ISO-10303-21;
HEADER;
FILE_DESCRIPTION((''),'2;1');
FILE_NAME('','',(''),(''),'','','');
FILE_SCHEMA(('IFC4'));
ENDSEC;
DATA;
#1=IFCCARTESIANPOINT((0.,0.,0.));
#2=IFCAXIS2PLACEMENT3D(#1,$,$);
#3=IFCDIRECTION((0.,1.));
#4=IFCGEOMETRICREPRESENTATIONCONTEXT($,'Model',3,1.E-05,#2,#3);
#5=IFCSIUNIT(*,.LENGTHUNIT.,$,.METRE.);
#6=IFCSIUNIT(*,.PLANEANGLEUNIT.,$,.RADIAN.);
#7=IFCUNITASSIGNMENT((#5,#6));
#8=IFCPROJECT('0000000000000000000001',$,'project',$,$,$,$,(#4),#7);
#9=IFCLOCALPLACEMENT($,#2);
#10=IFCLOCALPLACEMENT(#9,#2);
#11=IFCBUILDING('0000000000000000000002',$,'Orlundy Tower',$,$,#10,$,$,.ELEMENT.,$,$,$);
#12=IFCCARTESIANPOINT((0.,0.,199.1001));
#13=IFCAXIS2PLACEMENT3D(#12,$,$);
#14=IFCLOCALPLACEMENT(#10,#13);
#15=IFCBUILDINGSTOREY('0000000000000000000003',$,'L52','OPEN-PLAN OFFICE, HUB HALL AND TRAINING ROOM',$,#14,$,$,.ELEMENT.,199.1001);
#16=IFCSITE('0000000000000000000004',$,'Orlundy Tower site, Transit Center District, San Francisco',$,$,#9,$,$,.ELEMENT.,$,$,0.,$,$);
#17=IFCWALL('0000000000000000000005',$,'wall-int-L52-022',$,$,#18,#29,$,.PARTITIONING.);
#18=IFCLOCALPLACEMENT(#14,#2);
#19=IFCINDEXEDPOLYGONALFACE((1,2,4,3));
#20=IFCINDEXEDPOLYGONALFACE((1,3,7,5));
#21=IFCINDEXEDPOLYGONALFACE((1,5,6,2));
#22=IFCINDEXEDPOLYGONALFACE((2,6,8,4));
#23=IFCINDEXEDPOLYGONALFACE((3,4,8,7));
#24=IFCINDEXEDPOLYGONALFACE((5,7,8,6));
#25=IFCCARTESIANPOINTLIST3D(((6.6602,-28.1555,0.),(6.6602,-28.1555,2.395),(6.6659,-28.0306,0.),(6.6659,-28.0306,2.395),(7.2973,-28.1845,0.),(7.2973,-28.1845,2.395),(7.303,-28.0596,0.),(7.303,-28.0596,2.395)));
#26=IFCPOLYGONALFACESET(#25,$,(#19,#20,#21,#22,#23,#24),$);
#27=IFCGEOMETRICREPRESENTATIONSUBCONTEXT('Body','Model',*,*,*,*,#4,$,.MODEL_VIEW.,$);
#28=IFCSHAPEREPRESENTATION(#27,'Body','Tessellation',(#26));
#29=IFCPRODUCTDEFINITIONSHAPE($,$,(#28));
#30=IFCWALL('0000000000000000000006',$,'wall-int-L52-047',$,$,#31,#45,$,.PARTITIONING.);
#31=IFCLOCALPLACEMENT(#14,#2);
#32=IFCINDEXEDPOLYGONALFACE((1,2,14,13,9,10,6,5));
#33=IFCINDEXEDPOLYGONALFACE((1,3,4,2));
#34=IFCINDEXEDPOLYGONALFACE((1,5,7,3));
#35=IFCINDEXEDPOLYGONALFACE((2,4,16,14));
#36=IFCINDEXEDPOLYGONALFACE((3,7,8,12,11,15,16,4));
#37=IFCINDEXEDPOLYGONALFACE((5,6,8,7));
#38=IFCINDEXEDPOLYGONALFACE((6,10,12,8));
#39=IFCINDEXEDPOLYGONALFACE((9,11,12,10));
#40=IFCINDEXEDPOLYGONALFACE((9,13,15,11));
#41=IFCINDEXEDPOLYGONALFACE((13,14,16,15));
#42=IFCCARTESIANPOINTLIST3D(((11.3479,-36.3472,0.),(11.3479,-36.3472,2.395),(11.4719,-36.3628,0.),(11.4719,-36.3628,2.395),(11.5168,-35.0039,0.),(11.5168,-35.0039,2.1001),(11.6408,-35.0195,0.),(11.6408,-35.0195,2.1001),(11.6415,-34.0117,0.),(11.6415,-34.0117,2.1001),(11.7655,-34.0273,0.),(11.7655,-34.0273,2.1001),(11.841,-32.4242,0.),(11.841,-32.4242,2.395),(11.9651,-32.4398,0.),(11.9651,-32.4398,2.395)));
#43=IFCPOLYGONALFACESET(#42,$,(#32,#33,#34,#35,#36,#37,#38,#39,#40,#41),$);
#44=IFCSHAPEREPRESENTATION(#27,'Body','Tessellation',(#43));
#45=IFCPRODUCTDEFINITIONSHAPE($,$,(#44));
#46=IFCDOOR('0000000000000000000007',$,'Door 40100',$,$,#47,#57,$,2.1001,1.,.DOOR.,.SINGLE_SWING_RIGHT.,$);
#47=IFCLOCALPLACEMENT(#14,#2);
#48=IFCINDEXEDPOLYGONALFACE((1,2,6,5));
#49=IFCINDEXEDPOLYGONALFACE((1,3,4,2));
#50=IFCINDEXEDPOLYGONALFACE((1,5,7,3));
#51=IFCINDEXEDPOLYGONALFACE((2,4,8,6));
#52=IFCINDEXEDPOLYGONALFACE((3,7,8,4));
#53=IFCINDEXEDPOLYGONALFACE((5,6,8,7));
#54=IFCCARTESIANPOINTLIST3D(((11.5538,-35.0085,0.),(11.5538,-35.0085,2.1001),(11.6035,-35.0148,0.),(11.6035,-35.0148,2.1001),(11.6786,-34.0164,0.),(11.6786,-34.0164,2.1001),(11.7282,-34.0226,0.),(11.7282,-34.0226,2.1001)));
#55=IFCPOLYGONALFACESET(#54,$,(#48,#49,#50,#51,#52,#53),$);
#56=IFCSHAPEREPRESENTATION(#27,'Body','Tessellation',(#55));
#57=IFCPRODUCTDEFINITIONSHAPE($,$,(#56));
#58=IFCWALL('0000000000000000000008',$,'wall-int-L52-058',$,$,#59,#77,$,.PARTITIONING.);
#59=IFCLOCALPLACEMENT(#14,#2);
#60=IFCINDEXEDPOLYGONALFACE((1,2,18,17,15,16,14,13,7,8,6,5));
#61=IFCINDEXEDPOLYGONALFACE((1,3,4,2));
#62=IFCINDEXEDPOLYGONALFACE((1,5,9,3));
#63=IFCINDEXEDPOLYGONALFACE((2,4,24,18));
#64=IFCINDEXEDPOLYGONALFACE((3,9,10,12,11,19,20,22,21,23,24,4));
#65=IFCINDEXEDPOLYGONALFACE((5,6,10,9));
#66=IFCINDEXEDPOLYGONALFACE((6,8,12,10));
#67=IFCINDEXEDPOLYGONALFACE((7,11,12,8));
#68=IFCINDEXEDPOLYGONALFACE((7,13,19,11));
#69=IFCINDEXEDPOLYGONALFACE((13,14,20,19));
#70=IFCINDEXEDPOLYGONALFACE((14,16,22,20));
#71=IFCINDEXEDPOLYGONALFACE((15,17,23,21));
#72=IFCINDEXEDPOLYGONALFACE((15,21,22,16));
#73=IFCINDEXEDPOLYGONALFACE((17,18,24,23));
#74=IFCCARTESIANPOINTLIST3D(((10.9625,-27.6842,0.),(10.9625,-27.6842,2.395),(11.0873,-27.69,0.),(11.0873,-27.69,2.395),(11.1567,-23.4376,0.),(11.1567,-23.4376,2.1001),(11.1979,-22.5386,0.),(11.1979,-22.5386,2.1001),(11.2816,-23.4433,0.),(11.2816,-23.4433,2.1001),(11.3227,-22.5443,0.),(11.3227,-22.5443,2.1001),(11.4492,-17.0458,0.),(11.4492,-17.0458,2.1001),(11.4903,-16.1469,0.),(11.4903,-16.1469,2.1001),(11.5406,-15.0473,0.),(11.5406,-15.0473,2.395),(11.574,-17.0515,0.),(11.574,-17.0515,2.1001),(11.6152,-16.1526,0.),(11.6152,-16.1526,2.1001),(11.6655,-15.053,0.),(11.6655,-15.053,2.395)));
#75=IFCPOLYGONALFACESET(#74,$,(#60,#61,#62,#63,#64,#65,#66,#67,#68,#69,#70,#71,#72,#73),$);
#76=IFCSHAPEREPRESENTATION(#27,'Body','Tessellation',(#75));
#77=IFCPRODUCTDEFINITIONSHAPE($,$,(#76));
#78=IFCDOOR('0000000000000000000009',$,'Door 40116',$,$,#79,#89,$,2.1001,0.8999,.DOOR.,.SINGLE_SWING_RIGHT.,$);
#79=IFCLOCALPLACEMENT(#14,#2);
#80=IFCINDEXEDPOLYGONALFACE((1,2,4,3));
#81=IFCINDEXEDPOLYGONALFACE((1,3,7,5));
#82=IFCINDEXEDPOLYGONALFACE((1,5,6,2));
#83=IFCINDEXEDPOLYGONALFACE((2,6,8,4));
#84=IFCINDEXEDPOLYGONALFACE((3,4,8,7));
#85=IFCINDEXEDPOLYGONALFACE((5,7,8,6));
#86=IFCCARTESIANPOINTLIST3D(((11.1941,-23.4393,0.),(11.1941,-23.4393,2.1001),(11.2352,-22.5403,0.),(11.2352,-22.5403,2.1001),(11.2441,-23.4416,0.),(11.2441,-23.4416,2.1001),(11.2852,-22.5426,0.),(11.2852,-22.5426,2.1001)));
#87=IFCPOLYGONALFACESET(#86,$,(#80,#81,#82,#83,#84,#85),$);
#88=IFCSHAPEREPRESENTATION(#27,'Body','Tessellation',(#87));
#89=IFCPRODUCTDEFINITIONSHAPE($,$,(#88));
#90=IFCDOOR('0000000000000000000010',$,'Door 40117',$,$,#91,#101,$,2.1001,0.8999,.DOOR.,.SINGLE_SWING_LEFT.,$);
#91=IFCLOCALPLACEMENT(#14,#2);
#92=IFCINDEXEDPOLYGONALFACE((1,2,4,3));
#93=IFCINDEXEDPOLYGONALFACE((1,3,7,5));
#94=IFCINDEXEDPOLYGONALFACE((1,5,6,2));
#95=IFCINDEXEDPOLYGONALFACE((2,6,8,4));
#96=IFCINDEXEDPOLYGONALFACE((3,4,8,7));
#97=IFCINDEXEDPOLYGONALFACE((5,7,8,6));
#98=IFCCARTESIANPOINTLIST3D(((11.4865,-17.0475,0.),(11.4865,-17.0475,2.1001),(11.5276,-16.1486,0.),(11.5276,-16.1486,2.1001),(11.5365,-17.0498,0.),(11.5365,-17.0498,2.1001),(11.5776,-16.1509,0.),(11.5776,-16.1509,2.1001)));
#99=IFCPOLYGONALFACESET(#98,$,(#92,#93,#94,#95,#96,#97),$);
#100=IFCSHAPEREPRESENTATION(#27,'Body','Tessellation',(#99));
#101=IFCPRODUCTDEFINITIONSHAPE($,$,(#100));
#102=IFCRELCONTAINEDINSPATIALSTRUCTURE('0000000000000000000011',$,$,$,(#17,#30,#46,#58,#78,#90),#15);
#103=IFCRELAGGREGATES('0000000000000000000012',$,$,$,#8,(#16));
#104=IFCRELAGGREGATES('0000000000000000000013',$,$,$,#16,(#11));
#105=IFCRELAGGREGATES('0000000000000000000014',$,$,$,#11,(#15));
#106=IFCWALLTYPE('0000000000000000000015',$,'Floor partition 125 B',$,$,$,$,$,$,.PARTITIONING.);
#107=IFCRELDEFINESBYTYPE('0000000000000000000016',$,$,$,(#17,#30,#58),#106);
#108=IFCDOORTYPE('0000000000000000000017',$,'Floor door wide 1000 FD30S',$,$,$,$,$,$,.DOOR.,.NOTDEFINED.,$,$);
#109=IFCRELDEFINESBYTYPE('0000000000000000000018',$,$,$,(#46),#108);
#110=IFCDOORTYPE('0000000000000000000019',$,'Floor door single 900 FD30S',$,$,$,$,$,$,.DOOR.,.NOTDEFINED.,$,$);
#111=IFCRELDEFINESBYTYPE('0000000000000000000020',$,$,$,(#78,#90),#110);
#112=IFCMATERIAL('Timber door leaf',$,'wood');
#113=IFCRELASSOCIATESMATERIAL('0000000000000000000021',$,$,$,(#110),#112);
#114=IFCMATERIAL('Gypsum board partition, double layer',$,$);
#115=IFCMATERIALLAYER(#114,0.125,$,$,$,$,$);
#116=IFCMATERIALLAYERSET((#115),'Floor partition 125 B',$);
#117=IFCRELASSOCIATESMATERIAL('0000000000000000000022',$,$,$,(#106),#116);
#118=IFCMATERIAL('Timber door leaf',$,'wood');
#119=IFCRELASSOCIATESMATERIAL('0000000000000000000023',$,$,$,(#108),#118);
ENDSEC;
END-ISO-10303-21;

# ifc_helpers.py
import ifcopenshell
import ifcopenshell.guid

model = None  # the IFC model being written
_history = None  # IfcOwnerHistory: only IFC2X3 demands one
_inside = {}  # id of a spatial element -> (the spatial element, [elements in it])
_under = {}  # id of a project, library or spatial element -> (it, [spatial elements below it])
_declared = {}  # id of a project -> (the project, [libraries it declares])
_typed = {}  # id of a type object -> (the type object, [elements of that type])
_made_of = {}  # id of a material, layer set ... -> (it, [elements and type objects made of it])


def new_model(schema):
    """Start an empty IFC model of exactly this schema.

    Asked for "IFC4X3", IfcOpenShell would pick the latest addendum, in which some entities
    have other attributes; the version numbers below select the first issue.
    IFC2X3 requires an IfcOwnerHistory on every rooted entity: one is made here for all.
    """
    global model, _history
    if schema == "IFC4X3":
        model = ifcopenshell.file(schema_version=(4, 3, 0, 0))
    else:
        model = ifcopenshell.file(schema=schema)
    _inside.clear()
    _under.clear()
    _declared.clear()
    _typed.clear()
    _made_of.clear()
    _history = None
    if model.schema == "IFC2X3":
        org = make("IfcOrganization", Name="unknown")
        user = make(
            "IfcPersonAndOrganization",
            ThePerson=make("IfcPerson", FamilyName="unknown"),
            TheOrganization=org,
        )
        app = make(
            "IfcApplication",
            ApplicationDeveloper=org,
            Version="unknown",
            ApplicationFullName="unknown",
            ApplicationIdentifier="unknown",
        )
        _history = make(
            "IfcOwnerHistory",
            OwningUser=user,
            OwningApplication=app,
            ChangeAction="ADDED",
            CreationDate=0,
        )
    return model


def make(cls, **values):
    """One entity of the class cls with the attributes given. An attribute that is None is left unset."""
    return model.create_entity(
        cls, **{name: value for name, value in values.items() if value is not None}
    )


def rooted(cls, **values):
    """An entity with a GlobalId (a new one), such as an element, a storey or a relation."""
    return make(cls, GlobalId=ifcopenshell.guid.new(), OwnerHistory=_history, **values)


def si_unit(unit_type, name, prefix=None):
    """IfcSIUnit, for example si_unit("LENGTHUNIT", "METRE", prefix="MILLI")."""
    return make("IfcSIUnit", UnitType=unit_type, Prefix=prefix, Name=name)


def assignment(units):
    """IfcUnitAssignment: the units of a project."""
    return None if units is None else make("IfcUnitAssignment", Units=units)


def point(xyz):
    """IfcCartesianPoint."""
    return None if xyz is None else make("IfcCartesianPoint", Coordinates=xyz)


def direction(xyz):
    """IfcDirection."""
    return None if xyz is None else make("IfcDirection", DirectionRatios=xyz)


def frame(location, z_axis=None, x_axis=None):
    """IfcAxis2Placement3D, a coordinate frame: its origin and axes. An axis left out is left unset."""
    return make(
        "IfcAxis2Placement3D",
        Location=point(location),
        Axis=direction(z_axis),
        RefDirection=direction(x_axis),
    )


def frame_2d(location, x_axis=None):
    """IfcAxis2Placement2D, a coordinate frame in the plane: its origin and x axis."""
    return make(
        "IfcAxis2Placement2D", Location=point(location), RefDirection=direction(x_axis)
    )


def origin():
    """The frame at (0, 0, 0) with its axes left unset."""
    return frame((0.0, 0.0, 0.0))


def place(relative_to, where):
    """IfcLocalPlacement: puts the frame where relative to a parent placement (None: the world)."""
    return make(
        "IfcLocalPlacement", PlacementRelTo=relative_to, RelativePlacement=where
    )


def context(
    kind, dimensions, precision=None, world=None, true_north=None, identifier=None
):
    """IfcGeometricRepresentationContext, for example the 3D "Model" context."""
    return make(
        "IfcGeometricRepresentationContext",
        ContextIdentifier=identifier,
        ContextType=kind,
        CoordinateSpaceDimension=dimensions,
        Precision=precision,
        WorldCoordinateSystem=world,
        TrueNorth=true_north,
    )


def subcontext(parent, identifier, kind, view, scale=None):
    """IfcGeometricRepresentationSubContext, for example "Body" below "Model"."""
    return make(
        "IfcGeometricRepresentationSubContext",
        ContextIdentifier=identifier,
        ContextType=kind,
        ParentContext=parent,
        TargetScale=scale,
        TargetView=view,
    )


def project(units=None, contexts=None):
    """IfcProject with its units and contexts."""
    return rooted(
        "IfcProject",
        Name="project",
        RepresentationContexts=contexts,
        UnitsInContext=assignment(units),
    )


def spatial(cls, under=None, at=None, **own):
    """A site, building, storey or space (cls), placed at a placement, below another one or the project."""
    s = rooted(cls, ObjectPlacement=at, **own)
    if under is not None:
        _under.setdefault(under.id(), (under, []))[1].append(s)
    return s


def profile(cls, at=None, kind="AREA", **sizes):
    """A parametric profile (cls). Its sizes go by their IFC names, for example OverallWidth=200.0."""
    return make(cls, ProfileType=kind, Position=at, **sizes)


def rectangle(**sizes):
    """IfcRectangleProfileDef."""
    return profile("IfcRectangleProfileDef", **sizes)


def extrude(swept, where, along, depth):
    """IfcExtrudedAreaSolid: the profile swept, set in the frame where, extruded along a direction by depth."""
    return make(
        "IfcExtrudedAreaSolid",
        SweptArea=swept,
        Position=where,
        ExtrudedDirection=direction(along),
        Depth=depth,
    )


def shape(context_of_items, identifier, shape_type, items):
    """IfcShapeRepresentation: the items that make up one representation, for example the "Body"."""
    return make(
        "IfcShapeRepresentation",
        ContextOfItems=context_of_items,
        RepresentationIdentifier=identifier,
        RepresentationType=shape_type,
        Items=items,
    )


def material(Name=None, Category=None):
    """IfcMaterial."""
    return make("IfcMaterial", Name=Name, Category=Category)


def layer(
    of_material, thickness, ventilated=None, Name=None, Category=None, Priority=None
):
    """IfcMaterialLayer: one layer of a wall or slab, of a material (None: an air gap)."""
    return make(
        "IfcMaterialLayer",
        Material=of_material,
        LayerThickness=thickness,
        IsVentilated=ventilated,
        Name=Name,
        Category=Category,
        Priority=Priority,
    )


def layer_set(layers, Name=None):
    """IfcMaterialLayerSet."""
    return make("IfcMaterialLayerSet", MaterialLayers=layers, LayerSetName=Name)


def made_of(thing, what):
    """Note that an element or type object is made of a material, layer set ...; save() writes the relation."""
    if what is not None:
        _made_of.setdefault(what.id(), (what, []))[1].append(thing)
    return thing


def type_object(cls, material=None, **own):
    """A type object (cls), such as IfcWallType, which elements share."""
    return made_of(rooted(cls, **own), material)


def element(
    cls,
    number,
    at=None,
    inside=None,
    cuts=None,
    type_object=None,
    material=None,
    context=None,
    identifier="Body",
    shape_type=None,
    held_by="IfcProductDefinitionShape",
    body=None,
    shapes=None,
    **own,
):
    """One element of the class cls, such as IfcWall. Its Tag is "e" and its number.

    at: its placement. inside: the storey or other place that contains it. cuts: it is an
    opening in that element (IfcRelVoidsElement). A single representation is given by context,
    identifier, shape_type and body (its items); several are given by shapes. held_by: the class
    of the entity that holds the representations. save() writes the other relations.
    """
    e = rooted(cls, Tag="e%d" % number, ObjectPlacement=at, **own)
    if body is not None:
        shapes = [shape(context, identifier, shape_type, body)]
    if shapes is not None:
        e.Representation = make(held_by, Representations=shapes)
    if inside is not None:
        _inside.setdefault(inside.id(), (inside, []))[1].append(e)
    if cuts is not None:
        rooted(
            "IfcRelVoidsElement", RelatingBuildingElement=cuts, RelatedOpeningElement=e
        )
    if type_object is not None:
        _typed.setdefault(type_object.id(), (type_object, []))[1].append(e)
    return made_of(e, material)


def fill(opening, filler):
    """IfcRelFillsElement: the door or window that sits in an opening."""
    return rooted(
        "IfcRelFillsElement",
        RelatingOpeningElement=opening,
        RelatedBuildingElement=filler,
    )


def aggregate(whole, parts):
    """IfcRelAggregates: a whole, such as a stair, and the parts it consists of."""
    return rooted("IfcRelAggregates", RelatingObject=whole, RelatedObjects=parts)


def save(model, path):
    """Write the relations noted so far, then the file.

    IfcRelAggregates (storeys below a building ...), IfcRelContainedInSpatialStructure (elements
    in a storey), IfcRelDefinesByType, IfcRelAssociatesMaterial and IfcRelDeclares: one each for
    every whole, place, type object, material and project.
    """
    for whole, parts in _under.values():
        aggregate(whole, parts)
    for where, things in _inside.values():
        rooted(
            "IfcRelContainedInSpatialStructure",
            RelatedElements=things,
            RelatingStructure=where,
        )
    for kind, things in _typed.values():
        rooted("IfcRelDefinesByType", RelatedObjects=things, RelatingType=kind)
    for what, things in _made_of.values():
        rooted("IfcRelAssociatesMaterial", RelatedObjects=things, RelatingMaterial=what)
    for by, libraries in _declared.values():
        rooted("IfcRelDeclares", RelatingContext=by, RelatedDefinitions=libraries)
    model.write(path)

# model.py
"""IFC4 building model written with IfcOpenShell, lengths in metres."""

from ifc_helpers import new_model, si_unit, direction, frame, frame_2d, origin, place, context, subcontext, project, spatial, rectangle, extrude, material, layer, layer_set, type_object, element, fill, save


model = new_model("IFC4")

# Units and contexts
model_context = context("Model", 3, precision=1e-05, world=origin(), true_north=direction((0.0, 1.0)))
body_context = subcontext(model_context, "Body", "Model", "MODEL_VIEW")
ifc_project = project(units=[si_unit("LENGTHUNIT", "METRE"), si_unit("PLANEANGLEUNIT", "RADIAN")], contexts=[model_context])

# Site, building, storey
site_placement = place(None, origin())
site = spatial("IfcSite", under=ifc_project, at=site_placement, Name="Orlundy Tower site, Transit Center District, San Francisco", CompositionType="ELEMENT", RefElevation=0.0)
building_placement = place(site_placement, origin())
building = spatial("IfcBuilding", under=site, at=building_placement, Name="Orlundy Tower", CompositionType="ELEMENT")
storey_placement = place(building_placement, frame((0.0, 0.0, 199.1001)))
storey = spatial("IfcBuildingStorey", under=building, at=storey_placement, Name="L52", Description="OPEN-PLAN OFFICE, HUB HALL AND TRAINING ROOM", CompositionType="ELEMENT", Elevation=199.1001)

# Shared definitions
ifc_material_1 = material(Name="Timber door leaf", Category="wood")
door_type_1 = type_object("IfcDoorType", Name="Floor door single 900 FD30S", OperationType="NOTDEFINED", PredefinedType="DOOR", material=ifc_material_1)

# Wall
ifc_material_2 = material(Name="Gypsum board partition, double layer")
ifc_layer_1 = layer(ifc_material_2, 0.125)
ifc_layer_set_1 = layer_set([ifc_layer_1], Name="Floor partition 125 B")
wall_type_1 = type_object("IfcWallType", Name="Floor partition 125 B", PredefinedType="PARTITIONING", material=ifc_layer_set_1)
wall_1_placement = place(storey_placement, frame((6.6631, -28.093, 0.0), z_axis=(0.0, 0.0, 1.0), x_axis=(0.998961, -0.045564, 0.0)))
element("IfcWall", 1, at=wall_1_placement, inside=storey, type_object=wall_type_1, Name="wall-int-L52-022", PredefinedType="PARTITIONING", context=body_context, shape_type="SweptSolid", body=[
    extrude(rectangle(XDim=0.6377, YDim=0.125, at=frame_2d((0.3188, 0.0))), origin(), (0.0, 0.0, 1.0), 2.395),
])

# Wall, opening, door
wall_2_placement = place(storey_placement, frame((11.9031, -32.4319, 0.0), z_axis=(0.0, 0.0, 1.0), x_axis=(-0.124726, -0.992191, 0.0)))
wall_2 = element("IfcWall", 2, at=wall_2_placement, inside=storey, type_object=wall_type_1, Name="wall-int-L52-047", PredefinedType="PARTITIONING", context=body_context, shape_type="SweptSolid", body=[
    extrude(rectangle(XDim=3.9539, YDim=0.125, at=frame_2d((1.9771, 0.0))), origin(), (0.0, 0.0, 1.0), 2.395),
])
opening_1_placement = place(wall_2_placement, frame((1.6001, 0.0, 0.0)))
opening_1 = element("IfcOpeningElement", 3, at=opening_1_placement, cuts=wall_2, PredefinedType="OPENING", context=body_context, shape_type="SweptSolid", body=[
    extrude(rectangle(XDim=1.0, YDim=2.1001, at=frame_2d((0.5, 1.05))), frame((0.0, 0.0725, 0.0), z_axis=(0.0, -1.0, 0.0), x_axis=(1.0, 0.0, 0.0)), (0.0, 0.0, 1.0), 0.145),
])
ifc_material_3 = material(Name="Timber door leaf", Category="wood")
door_type_2 = type_object("IfcDoorType", Name="Floor door wide 1000 FD30S", OperationType="NOTDEFINED", PredefinedType="DOOR", material=ifc_material_3)
door_1_placement = place(opening_1_placement, origin())
door_1 = element("IfcDoor", 4, at=door_1_placement, inside=storey, type_object=door_type_2, Name="Door 40100", OperationType="SINGLE_SWING_RIGHT", OverallHeight=2.1001, OverallWidth=1.0, PredefinedType="DOOR", context=body_context, shape_type="SweptSolid", body=[
    extrude(rectangle(XDim=1.0, YDim=2.1001, at=frame_2d((0.5, 1.05))), frame((0.0, 0.0249, 0.0), z_axis=(0.0, -1.0, 0.0), x_axis=(1.0, 0.0, 0.0)), (0.0, 0.0, 1.0), 0.05),
])
fill(opening_1, door_1)

# Wall, openings, doors
wall_3_placement = place(storey_placement, frame((11.603, -15.05, 0.0), z_axis=(0.0, 0.0, 1.0), x_axis=(-0.045701, -0.998955, 0.0)))
wall_3 = element("IfcWall", 5, at=wall_3_placement, inside=storey, type_object=wall_type_1, Name="wall-int-L52-058", PredefinedType="PARTITIONING", context=body_context, shape_type="SweptSolid", body=[
    extrude(rectangle(XDim=12.6501, YDim=0.125, at=frame_2d((6.3252, 0.0))), origin(), (0.0, 0.0, 1.0), 2.395),
])
opening_2_placement = place(wall_3_placement, frame((7.4993, 0.0, 0.0)))
opening_2 = element("IfcOpeningElement", 6, at=opening_2_placement, cuts=wall_3, PredefinedType="OPENING", context=body_context, shape_type="SweptSolid", body=[
    extrude(rectangle(XDim=0.8999, YDim=2.1001, at=frame_2d((0.45, 1.05))), frame((0.0, 0.0725, 0.0), z_axis=(0.0, -1.0, 0.0), x_axis=(1.0, 0.0, 0.0)), (0.0, 0.0, 1.0), 0.145),
])
opening_3_placement = place(wall_3_placement, frame((1.1008, 0.0, 0.0)))
opening_3 = element("IfcOpeningElement", 7, at=opening_3_placement, cuts=wall_3, PredefinedType="OPENING", context=body_context, shape_type="SweptSolid", body=[
    extrude(rectangle(XDim=0.8999, YDim=2.1001, at=frame_2d((0.45, 1.05))), frame((0.0, 0.0725, 0.0), z_axis=(0.0, -1.0, 0.0), x_axis=(1.0, 0.0, 0.0)), (0.0, 0.0, 1.0), 0.145),
])
door_2_placement = place(opening_2_placement, origin())
door_2 = element("IfcDoor", 8, at=door_2_placement, inside=storey, type_object=door_type_1, Name="Door 40116", OperationType="SINGLE_SWING_RIGHT", OverallHeight=2.1001, OverallWidth=0.8999, PredefinedType="DOOR", context=body_context, shape_type="SweptSolid", body=[
    extrude(rectangle(XDim=0.8999, YDim=2.1001, at=frame_2d((0.45, 1.05))), frame((0.0, 0.0249, 0.0), z_axis=(0.0, -1.0, 0.0), x_axis=(1.0, 0.0, 0.0)), (0.0, 0.0, 1.0), 0.05),
])
fill(opening_2, door_2)
door_3_placement = place(opening_3_placement, origin())
door_3 = element("IfcDoor", 9, at=door_3_placement, inside=storey, type_object=door_type_1, Name="Door 40117", OperationType="SINGLE_SWING_LEFT", OverallHeight=2.1001, OverallWidth=0.8999, PredefinedType="DOOR", context=body_context, shape_type="SweptSolid", body=[
    extrude(rectangle(XDim=0.8999, YDim=2.1001, at=frame_2d((0.45, 1.05))), frame((0.0, 0.0249, 0.0), z_axis=(0.0, -1.0, 0.0), x_axis=(1.0, 0.0, 0.0)), (0.0, 0.0, 1.0), 0.05),
])
fill(opening_3, door_3)

save(model, "model.ifc")
